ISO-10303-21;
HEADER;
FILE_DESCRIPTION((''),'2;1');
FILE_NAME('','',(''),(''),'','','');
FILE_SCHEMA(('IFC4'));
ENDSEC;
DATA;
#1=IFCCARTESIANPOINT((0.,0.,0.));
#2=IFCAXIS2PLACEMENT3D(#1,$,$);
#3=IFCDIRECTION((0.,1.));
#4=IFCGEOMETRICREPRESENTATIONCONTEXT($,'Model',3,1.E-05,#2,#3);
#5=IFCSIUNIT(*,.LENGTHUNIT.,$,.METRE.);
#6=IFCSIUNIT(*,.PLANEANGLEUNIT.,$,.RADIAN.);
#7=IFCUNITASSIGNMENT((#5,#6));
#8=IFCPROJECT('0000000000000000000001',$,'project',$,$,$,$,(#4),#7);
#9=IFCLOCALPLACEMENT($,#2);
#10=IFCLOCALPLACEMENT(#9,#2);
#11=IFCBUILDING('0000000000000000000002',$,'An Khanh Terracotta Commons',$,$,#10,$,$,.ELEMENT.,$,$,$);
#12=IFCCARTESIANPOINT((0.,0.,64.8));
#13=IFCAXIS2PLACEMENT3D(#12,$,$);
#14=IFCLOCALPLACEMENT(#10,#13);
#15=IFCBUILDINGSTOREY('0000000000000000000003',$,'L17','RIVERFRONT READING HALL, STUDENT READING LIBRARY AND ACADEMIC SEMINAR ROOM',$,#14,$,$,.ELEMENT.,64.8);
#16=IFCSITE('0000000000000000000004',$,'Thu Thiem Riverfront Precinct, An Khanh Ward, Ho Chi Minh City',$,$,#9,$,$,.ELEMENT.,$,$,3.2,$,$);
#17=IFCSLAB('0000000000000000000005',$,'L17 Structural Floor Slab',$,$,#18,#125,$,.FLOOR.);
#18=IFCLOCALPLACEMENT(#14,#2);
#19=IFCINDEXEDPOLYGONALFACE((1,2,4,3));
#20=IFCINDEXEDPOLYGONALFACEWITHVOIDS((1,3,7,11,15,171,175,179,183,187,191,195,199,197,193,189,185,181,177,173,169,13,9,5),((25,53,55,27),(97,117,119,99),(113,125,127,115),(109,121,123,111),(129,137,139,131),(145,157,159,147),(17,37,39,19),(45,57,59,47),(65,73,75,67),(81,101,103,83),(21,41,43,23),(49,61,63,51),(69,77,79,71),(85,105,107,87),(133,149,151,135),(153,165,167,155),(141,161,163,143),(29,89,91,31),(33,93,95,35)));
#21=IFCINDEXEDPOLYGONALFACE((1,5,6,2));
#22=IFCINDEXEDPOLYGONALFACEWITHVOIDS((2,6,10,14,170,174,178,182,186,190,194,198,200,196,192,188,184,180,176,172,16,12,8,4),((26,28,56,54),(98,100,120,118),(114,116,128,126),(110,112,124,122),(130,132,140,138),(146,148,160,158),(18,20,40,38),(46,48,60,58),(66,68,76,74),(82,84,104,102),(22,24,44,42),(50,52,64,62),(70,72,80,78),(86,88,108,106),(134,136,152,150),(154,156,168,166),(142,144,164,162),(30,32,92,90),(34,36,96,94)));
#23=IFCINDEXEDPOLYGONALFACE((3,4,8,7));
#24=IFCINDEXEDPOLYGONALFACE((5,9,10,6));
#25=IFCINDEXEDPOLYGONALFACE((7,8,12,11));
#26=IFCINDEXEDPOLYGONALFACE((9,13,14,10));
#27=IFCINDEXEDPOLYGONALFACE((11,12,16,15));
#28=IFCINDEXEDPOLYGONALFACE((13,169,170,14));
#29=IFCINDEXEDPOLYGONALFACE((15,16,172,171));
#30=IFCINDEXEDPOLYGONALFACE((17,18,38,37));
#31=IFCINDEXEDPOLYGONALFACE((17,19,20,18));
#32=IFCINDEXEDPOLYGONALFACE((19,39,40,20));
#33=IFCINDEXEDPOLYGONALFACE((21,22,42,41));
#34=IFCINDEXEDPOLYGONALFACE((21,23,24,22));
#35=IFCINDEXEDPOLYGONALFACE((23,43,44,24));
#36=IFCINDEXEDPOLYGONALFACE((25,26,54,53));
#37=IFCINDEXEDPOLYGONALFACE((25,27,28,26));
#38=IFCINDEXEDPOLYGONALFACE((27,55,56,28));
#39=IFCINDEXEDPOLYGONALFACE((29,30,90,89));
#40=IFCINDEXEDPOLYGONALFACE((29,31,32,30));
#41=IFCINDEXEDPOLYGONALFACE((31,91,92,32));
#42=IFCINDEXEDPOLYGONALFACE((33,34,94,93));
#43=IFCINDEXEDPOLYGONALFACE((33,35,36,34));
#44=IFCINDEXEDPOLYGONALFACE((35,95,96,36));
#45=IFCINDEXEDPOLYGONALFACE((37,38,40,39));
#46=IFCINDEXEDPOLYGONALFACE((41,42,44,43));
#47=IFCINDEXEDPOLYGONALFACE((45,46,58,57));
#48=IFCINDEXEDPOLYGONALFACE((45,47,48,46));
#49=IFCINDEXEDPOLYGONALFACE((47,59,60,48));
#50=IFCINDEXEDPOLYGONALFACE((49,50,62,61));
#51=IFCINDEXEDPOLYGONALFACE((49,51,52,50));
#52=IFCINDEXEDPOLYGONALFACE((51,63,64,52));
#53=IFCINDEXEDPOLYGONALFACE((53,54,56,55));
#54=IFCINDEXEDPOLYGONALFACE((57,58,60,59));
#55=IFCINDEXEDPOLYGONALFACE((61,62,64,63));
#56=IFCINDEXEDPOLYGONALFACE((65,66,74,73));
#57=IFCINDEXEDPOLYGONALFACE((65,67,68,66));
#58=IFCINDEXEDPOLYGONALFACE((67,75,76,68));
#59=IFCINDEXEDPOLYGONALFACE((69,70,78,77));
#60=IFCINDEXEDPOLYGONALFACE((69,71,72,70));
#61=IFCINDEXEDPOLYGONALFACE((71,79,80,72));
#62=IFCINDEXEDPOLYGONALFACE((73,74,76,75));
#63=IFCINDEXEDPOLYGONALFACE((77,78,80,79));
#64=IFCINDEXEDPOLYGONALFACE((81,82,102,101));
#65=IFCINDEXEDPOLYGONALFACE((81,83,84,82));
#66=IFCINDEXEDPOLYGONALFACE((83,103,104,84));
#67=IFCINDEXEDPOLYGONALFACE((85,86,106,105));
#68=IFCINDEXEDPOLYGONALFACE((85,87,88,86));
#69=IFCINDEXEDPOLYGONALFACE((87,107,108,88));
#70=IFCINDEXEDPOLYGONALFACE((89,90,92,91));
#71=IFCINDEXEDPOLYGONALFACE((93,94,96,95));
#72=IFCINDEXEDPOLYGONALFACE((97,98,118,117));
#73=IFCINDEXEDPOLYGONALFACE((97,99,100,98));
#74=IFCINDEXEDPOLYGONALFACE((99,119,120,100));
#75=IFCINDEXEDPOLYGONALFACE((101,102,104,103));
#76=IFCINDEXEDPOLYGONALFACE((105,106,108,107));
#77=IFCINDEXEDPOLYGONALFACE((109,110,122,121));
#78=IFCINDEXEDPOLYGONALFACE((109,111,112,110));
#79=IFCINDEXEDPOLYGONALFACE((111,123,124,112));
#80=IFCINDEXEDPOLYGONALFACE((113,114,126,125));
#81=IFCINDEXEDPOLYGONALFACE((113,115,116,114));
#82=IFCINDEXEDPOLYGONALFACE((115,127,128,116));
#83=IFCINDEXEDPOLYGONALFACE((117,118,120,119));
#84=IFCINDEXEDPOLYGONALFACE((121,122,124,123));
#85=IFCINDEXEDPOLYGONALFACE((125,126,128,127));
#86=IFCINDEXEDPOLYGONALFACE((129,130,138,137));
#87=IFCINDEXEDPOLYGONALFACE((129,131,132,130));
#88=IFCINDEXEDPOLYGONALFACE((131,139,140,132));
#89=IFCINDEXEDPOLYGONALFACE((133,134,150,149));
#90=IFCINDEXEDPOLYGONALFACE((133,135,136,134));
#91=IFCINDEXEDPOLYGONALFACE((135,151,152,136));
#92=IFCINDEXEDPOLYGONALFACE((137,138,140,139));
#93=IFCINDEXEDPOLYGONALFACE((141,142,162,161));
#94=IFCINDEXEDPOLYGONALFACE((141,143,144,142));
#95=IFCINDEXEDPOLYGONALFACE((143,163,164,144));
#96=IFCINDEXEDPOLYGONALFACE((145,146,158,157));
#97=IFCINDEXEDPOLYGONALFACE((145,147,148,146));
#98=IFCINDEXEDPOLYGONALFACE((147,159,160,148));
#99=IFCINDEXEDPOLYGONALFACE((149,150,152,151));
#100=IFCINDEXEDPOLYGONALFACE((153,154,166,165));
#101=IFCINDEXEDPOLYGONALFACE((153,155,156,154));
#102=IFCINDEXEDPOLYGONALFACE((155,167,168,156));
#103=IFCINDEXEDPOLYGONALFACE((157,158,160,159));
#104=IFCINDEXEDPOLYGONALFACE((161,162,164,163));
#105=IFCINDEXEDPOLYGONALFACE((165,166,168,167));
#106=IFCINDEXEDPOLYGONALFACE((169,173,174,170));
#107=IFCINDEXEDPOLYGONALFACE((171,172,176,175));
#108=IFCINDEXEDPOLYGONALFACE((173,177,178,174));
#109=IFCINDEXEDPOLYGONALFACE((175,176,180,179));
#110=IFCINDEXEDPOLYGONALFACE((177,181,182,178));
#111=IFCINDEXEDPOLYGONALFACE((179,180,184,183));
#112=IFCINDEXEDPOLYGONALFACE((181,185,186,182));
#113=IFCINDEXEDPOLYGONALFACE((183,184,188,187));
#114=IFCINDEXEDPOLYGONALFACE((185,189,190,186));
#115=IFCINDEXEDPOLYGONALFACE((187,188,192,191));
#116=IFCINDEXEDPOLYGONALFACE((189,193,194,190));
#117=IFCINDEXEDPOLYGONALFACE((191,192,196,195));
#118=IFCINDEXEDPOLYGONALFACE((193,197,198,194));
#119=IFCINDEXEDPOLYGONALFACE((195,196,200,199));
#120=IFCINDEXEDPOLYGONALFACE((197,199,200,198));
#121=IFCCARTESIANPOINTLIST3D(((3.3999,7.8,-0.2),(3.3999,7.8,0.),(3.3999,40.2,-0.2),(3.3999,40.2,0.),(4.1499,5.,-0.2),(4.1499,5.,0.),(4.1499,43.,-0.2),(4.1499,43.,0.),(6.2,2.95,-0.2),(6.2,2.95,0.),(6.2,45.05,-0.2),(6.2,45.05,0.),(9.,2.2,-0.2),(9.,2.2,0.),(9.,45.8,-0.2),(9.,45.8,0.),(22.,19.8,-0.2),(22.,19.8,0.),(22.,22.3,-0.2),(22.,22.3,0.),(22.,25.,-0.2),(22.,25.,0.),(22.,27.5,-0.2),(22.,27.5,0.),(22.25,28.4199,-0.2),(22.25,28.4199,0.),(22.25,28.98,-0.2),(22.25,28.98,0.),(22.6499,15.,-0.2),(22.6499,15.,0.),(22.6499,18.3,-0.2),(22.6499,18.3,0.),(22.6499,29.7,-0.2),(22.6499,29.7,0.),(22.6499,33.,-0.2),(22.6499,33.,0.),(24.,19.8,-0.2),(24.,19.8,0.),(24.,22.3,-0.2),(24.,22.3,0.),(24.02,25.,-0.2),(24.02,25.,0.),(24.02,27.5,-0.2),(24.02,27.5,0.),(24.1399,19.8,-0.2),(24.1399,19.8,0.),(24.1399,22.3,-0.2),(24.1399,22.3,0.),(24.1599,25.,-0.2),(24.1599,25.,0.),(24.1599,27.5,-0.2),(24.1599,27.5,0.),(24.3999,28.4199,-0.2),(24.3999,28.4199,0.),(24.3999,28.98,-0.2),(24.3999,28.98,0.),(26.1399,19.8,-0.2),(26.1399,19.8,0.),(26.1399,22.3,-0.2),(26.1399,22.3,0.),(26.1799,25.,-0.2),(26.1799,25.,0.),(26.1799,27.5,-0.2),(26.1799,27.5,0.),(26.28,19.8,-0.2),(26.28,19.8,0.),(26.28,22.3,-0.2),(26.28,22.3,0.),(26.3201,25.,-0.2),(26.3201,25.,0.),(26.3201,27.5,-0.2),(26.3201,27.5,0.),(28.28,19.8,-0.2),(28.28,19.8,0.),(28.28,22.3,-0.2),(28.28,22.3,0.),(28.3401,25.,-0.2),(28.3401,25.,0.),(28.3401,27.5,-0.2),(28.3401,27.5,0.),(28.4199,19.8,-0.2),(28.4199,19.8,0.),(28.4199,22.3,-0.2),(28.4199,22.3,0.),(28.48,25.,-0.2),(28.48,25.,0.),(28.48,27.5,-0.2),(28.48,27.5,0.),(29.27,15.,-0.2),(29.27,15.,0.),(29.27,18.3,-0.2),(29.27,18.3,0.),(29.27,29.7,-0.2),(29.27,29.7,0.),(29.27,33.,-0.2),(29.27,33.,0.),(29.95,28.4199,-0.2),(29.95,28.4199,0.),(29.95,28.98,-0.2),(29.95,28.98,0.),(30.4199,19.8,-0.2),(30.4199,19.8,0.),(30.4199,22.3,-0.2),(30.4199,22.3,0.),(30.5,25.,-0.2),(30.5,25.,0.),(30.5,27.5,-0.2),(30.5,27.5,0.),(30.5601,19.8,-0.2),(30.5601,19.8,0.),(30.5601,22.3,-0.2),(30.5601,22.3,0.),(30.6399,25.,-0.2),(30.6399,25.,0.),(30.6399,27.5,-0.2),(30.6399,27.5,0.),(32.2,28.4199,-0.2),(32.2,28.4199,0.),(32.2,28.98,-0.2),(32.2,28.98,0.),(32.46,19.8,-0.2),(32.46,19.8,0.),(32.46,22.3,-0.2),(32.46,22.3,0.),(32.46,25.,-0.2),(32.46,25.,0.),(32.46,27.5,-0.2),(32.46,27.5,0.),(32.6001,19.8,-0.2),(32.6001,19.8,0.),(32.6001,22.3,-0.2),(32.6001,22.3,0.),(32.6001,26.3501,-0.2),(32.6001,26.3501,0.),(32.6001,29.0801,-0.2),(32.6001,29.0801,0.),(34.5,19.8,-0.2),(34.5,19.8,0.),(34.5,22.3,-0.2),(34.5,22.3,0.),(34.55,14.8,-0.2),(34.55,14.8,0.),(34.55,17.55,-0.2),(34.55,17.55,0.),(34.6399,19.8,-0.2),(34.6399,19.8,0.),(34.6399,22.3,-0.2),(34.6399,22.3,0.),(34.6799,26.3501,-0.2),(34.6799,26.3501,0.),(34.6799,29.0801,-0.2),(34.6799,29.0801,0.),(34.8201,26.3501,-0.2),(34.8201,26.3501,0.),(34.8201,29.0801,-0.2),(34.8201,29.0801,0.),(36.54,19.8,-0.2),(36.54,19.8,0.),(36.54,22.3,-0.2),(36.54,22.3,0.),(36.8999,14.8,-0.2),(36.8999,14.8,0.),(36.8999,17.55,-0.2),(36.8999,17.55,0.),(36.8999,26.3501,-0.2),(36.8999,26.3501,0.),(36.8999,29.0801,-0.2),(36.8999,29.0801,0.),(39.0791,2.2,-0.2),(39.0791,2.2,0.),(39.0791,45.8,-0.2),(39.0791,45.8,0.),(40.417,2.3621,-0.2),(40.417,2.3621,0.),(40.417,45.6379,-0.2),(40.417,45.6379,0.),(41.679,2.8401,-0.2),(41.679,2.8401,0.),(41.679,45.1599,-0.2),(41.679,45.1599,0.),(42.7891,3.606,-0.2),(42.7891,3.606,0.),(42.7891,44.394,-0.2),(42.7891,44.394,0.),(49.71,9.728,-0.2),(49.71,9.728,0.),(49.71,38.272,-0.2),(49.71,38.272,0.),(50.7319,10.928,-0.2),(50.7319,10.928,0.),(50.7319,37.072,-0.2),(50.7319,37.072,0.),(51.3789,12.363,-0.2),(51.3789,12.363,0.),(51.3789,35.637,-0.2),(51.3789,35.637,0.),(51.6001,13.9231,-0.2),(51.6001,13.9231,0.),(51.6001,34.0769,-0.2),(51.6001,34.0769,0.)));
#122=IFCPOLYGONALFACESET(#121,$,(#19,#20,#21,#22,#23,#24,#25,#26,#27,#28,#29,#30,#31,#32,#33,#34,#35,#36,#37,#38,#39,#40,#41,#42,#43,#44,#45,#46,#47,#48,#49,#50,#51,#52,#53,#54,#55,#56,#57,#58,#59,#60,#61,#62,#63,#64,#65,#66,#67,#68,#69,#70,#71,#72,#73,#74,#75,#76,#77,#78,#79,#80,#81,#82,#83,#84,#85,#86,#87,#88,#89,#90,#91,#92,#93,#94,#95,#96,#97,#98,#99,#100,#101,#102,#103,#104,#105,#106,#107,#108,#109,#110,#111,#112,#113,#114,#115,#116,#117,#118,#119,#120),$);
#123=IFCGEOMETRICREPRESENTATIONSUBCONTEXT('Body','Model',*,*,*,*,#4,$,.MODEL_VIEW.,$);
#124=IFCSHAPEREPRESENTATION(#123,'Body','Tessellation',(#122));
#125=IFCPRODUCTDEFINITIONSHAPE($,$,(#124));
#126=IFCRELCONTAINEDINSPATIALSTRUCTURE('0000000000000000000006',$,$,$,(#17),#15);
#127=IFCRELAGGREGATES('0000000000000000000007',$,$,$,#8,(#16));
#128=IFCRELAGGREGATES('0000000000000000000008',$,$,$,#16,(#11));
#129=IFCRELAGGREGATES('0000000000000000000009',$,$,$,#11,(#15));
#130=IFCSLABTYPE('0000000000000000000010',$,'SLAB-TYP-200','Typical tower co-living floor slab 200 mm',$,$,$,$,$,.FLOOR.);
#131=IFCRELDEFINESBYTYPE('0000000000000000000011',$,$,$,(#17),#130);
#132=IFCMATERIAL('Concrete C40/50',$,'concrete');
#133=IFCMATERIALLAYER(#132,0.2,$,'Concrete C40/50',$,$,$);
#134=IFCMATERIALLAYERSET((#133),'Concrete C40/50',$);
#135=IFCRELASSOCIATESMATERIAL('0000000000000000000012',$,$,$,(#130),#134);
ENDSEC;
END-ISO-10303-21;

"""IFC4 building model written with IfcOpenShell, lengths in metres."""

from ifc_helpers import new_model, si_unit, direction, frame, origin, place, context, subcontext, project, spatial, polyline, outline, extrude, material, layer, layer_set, type_object, element, save


model = new_model("IFC4")

# Units and contexts
model_context = context("Model", 3, precision=1e-05, world=origin(), true_north=direction((0.0, 1.0)))
body_context = subcontext(model_context, "Body", "Model", "MODEL_VIEW")
ifc_project = project(units=[si_unit("LENGTHUNIT", "METRE"), si_unit("PLANEANGLEUNIT", "RADIAN")], contexts=[model_context])

# Site, building, storey
site_placement = place(None, origin())
site = spatial("IfcSite", under=ifc_project, at=site_placement, Name="Thu Thiem Riverfront Precinct, An Khanh Ward, Ho Chi Minh City", CompositionType="ELEMENT", RefElevation=3.2)
building_placement = place(site_placement, origin())
building = spatial("IfcBuilding", under=site, at=building_placement, Name="An Khanh Terracotta Commons", CompositionType="ELEMENT")
storey_placement = place(building_placement, frame((0.0, 0.0, 64.8)))
storey = spatial("IfcBuildingStorey", under=building, at=storey_placement, Name="L17", Description="RIVERFRONT READING HALL, STUDENT READING LIBRARY AND ACADEMIC SEMINAR ROOM", CompositionType="ELEMENT", Elevation=64.8)

# Shared definitions
ifc_material_1 = material(Name="Concrete C40/50", Category="concrete")

# Slab
ifc_layer_1 = layer(ifc_material_1, 0.2, Name="Concrete C40/50")
ifc_layer_set_1 = layer_set([ifc_layer_1], Name="Concrete C40/50")
slab_type_1 = type_object("IfcSlabType", Name="SLAB-TYP-200", Description="Typical tower co-living floor slab 200 mm", PredefinedType="FLOOR", material=ifc_layer_set_1)
slab_1_placement = place(storey_placement, frame((0.0, 0.0, -0.2)))
element("IfcSlab", 1, at=slab_1_placement, inside=storey, type_object=slab_type_1, Name="L17 Structural Floor Slab", PredefinedType="FLOOR", context=body_context, shape_type="SweptSolid", body=[
    extrude(outline(polyline([(3.3999, 7.8), (4.1499, 5.0), (6.2, 2.95), (9.0, 2.2), (39.0791, 2.2), (40.417, 2.3621), (41.679, 2.8401), (42.7891, 3.606), (49.71, 9.728), (50.7319, 10.928), (51.3789, 12.363), (51.6001, 13.9231), (51.6001, 34.0769), (51.3789, 35.637), (50.7319, 37.072), (49.71, 38.272), (42.7891, 44.394), (41.679, 45.1599), (40.417, 45.6379), (39.0791, 45.8), (9.0, 45.8), (6.2, 45.05), (4.1499, 43.0), (3.3999, 40.2), (3.3999, 7.8)]), holes=[polyline([(22.6499, 29.7), (29.27, 29.7), (29.27, 33.0), (22.6499, 33.0), (22.6499, 29.7)]), polyline([(22.6499, 15.0), (29.27, 15.0), (29.27, 18.3), (22.6499, 18.3), (22.6499, 15.0)]), polyline([(32.6001, 26.3501), (34.6799, 26.3501), (34.6799, 29.0801), (32.6001, 29.0801), (32.6001, 26.3501)]), polyline([(34.8201, 26.3501), (36.8999, 26.3501), (36.8999, 29.0801), (34.8201, 29.0801), (34.8201, 26.3501)]), polyline([(34.55, 14.8), (36.8999, 14.8), (36.8999, 17.55), (34.55, 17.55), (34.55, 14.8)]), polyline([(22.0, 25.0), (24.02, 25.0), (24.02, 27.5), (22.0, 27.5), (22.0, 25.0)]), polyline([(24.1599, 25.0), (26.1799, 25.0), (26.1799, 27.5), (24.1599, 27.5), (24.1599, 25.0)]), polyline([(22.0, 19.8), (24.0, 19.8), (24.0, 22.3), (22.0, 22.3), (22.0, 19.8)]), polyline([(24.1399, 19.8), (26.1399, 19.8), (26.1399, 22.3), (24.1399, 22.3), (24.1399, 19.8)]), polyline([(26.3201, 25.0), (28.3401, 25.0), (28.3401, 27.5), (26.3201, 27.5), (26.3201, 25.0)]), polyline([(28.48, 25.0), (30.5, 25.0), (30.5, 27.5), (28.48, 27.5), (28.48, 25.0)]), polyline([(26.28, 19.8), (28.28, 19.8), (28.28, 22.3), (26.28, 22.3), (26.28, 19.8)]), polyline([(28.4199, 19.8), (30.4199, 19.8), (30.4199, 22.3), (28.4199, 22.3), (28.4199, 19.8)]), polyline([(30.6399, 25.0), (32.46, 25.0), (32.46, 27.5), (30.6399, 27.5), (30.6399, 25.0)]), polyline([(30.5601, 19.8), (32.46, 19.8), (32.46, 22.3), (30.5601, 22.3), (30.5601, 19.8)]), polyline([(32.6001, 19.8), (34.5, 19.8), (34.5, 22.3), (32.6001, 22.3), (32.6001, 19.8)]), polyline([(34.6399, 19.8), (36.54, 19.8), (36.54, 22.3), (34.6399, 22.3), (34.6399, 19.8)]), polyline([(22.25, 28.4199), (24.3999, 28.4199), (24.3999, 28.98), (22.25, 28.98), (22.25, 28.4199)]), polyline([(29.95, 28.4199), (32.2, 28.4199), (32.2, 28.98), (29.95, 28.98), (29.95, 28.4199)])]), origin(), (0.0, 0.0, 1.0), 0.2),
])

save(model, "model.ifc")
